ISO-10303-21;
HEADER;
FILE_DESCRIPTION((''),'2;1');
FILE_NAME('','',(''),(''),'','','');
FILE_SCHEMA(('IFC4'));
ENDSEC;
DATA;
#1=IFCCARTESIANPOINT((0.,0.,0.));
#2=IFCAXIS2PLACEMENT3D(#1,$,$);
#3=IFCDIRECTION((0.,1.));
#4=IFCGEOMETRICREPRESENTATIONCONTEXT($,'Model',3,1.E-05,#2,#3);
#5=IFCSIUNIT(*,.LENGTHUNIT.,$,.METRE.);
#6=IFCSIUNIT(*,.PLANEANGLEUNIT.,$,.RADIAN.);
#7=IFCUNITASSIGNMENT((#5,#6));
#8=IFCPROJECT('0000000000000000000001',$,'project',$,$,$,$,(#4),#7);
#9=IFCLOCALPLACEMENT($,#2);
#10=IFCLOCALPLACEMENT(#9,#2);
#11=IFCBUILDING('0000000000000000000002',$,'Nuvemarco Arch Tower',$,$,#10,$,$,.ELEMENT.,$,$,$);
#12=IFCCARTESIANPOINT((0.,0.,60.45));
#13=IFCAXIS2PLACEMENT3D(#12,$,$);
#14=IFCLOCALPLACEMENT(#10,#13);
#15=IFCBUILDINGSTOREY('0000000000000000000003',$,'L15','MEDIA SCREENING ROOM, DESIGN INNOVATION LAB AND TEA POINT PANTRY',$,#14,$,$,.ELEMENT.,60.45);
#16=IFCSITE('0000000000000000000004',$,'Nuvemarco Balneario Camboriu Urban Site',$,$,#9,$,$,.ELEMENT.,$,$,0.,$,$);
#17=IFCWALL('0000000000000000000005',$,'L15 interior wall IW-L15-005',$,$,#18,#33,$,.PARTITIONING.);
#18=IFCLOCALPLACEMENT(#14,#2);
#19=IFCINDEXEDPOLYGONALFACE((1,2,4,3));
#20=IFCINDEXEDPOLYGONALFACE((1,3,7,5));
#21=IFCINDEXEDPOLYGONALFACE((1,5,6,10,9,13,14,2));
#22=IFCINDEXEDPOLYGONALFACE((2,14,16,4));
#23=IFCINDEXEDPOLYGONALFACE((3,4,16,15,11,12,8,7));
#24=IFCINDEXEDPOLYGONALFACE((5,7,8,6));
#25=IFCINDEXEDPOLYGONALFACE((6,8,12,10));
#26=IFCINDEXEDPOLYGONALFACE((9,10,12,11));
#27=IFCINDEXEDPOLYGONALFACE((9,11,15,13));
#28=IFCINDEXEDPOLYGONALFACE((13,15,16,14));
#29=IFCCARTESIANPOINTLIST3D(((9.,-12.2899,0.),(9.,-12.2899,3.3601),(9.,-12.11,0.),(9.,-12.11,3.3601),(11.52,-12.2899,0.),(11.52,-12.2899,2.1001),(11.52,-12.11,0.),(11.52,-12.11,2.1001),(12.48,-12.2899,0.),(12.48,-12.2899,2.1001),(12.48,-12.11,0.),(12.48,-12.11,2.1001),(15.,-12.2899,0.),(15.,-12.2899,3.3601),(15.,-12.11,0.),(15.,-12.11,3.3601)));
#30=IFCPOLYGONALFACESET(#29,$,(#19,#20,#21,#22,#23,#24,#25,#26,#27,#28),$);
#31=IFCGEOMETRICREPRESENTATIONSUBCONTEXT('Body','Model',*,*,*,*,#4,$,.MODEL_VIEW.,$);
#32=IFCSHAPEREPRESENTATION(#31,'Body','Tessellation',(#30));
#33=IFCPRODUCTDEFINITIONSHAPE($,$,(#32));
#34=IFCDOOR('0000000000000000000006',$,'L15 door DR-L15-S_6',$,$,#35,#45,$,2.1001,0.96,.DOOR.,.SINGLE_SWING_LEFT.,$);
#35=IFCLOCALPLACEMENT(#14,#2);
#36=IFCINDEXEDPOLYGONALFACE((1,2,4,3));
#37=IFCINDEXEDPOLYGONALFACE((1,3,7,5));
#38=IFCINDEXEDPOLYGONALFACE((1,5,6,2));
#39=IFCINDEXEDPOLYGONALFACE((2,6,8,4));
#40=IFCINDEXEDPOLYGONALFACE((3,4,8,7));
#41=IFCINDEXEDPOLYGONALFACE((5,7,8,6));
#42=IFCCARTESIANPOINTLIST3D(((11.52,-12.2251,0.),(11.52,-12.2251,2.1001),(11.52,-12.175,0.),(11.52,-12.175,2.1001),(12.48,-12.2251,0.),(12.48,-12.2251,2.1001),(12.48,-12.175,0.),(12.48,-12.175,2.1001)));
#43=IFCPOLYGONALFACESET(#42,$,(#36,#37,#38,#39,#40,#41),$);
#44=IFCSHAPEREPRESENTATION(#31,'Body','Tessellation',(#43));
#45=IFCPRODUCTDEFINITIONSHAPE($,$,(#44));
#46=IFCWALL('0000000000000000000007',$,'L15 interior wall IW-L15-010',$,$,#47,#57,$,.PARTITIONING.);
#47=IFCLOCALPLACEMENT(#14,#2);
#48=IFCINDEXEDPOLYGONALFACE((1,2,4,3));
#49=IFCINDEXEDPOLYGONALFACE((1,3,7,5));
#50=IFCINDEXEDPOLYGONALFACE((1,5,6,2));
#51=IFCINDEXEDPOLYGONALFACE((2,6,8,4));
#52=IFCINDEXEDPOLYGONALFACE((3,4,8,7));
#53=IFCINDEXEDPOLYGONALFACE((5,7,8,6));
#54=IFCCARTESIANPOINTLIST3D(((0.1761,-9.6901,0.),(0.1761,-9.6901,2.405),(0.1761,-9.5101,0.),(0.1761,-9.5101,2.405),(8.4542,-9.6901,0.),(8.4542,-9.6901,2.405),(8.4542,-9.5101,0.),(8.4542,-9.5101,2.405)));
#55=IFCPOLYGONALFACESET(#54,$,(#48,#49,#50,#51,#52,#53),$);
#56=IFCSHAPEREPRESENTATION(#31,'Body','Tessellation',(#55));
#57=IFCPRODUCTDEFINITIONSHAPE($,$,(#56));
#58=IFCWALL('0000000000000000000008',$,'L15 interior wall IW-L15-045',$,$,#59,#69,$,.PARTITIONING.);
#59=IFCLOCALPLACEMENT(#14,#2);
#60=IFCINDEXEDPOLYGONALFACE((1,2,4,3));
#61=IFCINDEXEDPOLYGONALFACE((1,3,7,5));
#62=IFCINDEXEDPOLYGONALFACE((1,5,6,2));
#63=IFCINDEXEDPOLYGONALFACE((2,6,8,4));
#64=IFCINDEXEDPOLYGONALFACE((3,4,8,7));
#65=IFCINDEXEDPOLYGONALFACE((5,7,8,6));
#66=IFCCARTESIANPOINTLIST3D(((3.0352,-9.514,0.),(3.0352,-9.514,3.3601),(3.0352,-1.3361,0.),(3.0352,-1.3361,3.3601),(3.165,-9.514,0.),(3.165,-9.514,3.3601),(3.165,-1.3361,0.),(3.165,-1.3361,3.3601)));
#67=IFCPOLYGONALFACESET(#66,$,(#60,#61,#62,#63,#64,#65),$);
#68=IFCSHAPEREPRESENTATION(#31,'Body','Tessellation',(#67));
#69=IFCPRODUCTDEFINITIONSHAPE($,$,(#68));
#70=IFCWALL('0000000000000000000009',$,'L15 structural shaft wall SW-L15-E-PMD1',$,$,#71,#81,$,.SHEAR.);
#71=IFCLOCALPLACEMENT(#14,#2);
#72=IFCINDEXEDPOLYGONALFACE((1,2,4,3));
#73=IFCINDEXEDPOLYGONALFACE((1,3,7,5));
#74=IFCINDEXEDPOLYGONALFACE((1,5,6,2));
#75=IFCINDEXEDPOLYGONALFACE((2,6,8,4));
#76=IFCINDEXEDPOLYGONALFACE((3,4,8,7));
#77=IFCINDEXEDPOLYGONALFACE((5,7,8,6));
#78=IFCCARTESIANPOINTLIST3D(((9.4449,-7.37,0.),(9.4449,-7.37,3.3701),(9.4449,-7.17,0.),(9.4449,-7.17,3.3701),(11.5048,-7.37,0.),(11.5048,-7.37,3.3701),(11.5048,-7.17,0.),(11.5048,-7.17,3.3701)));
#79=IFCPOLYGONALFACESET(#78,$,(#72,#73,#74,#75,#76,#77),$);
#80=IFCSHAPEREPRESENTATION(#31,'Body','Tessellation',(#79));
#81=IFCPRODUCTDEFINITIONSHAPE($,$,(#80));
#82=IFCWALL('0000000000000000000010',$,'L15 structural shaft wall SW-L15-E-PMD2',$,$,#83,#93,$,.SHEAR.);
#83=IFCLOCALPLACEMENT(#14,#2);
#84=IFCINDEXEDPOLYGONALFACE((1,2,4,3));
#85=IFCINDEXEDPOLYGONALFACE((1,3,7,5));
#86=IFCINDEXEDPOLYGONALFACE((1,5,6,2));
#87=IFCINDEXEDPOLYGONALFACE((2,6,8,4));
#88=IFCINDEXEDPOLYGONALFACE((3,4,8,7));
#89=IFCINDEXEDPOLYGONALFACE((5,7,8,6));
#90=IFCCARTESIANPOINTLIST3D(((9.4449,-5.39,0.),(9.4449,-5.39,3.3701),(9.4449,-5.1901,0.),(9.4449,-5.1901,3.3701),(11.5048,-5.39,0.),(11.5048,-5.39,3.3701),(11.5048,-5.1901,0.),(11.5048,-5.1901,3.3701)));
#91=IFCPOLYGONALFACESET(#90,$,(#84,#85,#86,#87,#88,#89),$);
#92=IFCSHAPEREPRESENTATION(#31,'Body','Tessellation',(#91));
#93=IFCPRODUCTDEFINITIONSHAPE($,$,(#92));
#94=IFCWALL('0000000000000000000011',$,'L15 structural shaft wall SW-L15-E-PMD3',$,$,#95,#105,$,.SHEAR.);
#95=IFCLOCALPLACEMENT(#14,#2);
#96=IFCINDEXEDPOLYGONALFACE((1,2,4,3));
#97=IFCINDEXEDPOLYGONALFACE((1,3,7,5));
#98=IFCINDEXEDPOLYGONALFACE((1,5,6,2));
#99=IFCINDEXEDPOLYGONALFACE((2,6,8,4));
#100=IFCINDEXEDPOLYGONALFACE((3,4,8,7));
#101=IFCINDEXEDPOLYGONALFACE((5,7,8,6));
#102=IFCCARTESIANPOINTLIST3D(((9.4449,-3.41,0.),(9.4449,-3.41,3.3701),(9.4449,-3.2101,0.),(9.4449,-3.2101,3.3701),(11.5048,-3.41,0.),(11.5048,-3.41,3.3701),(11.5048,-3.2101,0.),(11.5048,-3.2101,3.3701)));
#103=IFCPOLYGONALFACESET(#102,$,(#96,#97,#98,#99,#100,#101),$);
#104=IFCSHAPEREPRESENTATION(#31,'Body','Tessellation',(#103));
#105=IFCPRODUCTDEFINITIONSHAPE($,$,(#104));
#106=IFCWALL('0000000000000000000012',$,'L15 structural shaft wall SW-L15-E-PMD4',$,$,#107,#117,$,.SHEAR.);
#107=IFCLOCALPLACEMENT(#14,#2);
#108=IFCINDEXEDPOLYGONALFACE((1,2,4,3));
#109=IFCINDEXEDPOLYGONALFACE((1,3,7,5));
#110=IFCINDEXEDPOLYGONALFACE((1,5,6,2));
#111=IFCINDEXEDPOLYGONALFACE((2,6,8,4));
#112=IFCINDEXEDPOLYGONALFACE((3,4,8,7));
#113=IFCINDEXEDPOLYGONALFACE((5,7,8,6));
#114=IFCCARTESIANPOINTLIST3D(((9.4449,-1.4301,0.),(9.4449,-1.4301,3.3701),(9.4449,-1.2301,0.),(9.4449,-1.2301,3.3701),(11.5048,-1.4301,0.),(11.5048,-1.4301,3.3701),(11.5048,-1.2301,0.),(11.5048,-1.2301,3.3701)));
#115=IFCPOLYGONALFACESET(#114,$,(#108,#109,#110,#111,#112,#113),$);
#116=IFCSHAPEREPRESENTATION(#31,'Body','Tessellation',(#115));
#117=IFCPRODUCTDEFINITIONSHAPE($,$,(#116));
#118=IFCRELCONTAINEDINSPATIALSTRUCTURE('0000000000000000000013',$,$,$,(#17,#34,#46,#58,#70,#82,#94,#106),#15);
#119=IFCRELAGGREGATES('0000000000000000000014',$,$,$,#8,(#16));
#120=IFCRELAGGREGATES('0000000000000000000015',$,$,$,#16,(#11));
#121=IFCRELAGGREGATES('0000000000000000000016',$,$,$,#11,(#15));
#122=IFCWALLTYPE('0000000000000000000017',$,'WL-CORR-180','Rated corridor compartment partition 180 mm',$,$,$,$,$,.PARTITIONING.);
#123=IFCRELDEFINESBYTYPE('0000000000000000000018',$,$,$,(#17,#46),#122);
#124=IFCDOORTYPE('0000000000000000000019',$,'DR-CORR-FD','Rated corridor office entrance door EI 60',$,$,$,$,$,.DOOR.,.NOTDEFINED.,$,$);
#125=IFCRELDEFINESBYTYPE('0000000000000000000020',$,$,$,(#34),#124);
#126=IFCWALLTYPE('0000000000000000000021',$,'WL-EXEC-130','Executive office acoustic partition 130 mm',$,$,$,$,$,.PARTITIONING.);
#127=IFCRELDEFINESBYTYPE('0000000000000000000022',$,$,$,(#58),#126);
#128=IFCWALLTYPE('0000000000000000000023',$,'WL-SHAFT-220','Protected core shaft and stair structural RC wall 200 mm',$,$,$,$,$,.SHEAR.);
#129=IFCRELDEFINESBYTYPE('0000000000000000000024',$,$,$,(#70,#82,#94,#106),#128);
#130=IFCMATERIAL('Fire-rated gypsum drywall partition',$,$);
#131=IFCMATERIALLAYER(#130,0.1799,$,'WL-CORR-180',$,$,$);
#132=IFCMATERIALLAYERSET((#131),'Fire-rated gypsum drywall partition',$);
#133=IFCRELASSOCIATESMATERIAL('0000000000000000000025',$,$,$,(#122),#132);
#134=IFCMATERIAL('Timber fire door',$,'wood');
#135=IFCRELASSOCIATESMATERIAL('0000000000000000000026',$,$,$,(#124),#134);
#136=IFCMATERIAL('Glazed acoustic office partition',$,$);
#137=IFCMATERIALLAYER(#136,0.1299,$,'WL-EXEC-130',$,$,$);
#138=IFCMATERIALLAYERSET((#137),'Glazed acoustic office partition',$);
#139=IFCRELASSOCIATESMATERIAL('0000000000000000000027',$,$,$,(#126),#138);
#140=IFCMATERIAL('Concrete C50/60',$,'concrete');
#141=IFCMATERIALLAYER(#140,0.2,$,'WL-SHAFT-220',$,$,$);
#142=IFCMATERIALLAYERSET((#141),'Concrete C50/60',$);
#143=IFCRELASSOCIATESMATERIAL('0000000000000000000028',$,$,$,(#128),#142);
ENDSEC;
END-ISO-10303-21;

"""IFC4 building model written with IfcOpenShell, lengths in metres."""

from ifc_helpers import new_model, si_unit, direction, frame, frame_2d, origin, place, context, subcontext, project, spatial, rectangle, extrude, source, transform, mapped, material, layer, layer_set, type_object, type_shapes, element, fill, save


model = new_model("IFC4")

# Units and contexts
model_context = context("Model", 3, precision=1e-05, world=origin(), true_north=direction((0.0, 1.0)))
body_context = subcontext(model_context, "Body", "Model", "MODEL_VIEW")
ifc_project = project(units=[si_unit("LENGTHUNIT", "METRE"), si_unit("PLANEANGLEUNIT", "RADIAN")], contexts=[model_context])

# Site, building, storey
site_placement = place(None, origin())
site = spatial("IfcSite", under=ifc_project, at=site_placement, Name="Nuvemarco Balneario Camboriu Urban Site", CompositionType="ELEMENT", RefElevation=0.0)
building_placement = place(site_placement, origin())
building = spatial("IfcBuilding", under=site, at=building_placement, Name="Nuvemarco Arch Tower", CompositionType="ELEMENT")
storey_placement = place(building_placement, frame((0.0, 0.0, 60.45)))
storey = spatial("IfcBuildingStorey", under=building, at=storey_placement, Name="L15", Description="MEDIA SCREENING ROOM, DESIGN INNOVATION LAB AND TEA POINT PANTRY", CompositionType="ELEMENT", Elevation=60.45)

# Shared definitions
ifc_material_1 = material(Name="Concrete C50/60", Category="concrete")

# Wall, opening, door
ifc_material_2 = material(Name="Fire-rated gypsum drywall partition")
ifc_layer_1 = layer(ifc_material_2, 0.1799, Name="WL-CORR-180")
ifc_layer_set_1 = layer_set([ifc_layer_1], Name="Fire-rated gypsum drywall partition")
wall_type_1 = type_object("IfcWallType", Name="WL-CORR-180", Description="Rated corridor compartment partition 180 mm", PredefinedType="PARTITIONING", material=ifc_layer_set_1)
wall_1_placement = place(storey_placement, frame((9.0, -12.2, 0.0), z_axis=(0.0, 0.0, 1.0), x_axis=(1.0, 0.0, 0.0)))
wall_1 = element("IfcWall", 1, at=wall_1_placement, inside=storey, type_object=wall_type_1, Name="L15 interior wall IW-L15-005", PredefinedType="PARTITIONING", context=body_context, shape_type="SweptSolid", body=[
    extrude(rectangle(XDim=6.0, YDim=0.1799, at=frame_2d((3.0, 0.0))), origin(), (0.0, 0.0, 1.0), 3.3601),
])
opening_1_placement = place(wall_1_placement, frame((2.52, 0.0, 0.0)))
opening_1 = element("IfcOpeningElement", 2, at=opening_1_placement, cuts=wall_1, PredefinedType="OPENING", context=body_context, shape_type="SweptSolid", body=[
    extrude(rectangle(XDim=0.96, YDim=2.1001, at=frame_2d((0.48, 1.05))), frame((0.0, 0.0999, 0.0), z_axis=(0.0, -1.0, 0.0), x_axis=(1.0, 0.0, 0.0)), (0.0, 0.0, 1.0), 0.2),
])
ifc_material_3 = material(Name="Timber fire door", Category="wood")
door_type_1 = type_object("IfcDoorType", Name="DR-CORR-FD", Description="Rated corridor office entrance door EI 60", OperationType="NOTDEFINED", PredefinedType="DOOR", material=ifc_material_3)
shared_shape_1 = source(origin(), body_context, "Body", "SweptSolid", [
    extrude(rectangle(XDim=0.96, YDim=2.1001, at=frame_2d((0.48, 1.05))), frame((0.0, 0.0249, 0.0), z_axis=(0.0, -1.0, 0.0), x_axis=(1.0, 0.0, 0.0)), (0.0, 0.0, 1.0), 0.05),
])
type_shapes(door_type_1, [shared_shape_1])
door_1_placement = place(opening_1_placement, origin())
door_1 = element("IfcDoor", 3, at=door_1_placement, inside=storey, type_object=door_type_1, Name="L15 door DR-L15-S_6", OperationType="SINGLE_SWING_LEFT", OverallHeight=2.1001, OverallWidth=0.96, PredefinedType="DOOR", context=body_context, shape_type="MappedRepresentation", body=[
    mapped(shared_shape_1, transform((0.0, 0.0, 0.0), scale=1.0)),
])
fill(opening_1, door_1)

# Walls
wall_2_placement = place(storey_placement, frame((0.176, -9.6001, 0.0), z_axis=(0.0, 0.0, 1.0), x_axis=(1.0, 0.0, 0.0)))
element("IfcWall", 4, at=wall_2_placement, inside=storey, type_object=wall_type_1, Name="L15 interior wall IW-L15-010", PredefinedType="PARTITIONING", context=body_context, shape_type="SweptSolid", body=[
    extrude(rectangle(XDim=8.2781, YDim=0.1799, at=frame_2d((4.1392, 0.0))), origin(), (0.0, 0.0, 1.0), 2.405),
])
ifc_material_4 = material(Name="Glazed acoustic office partition")
ifc_layer_2 = layer(ifc_material_4, 0.1299, Name="WL-EXEC-130")
ifc_layer_set_2 = layer_set([ifc_layer_2], Name="Glazed acoustic office partition")
wall_type_2 = type_object("IfcWallType", Name="WL-EXEC-130", Description="Executive office acoustic partition 130 mm", PredefinedType="PARTITIONING", material=ifc_layer_set_2)
wall_3_placement = place(storey_placement, frame((3.1001, -9.5139, 0.0), z_axis=(0.0, 0.0, 1.0), x_axis=(0.0, 1.0, 0.0)))
element("IfcWall", 5, at=wall_3_placement, inside=storey, type_object=wall_type_2, Name="L15 interior wall IW-L15-045", PredefinedType="PARTITIONING", context=body_context, shape_type="SweptSolid", body=[
    extrude(rectangle(XDim=8.178, YDim=0.1299, at=frame_2d((4.0889, 0.0))), origin(), (0.0, 0.0, 1.0), 3.3601),
])
ifc_layer_3 = layer(ifc_material_1, 0.2, Name="WL-SHAFT-220")
ifc_layer_set_3 = layer_set([ifc_layer_3], Name="Concrete C50/60")
wall_type_3 = type_object("IfcWallType", Name="WL-SHAFT-220", Description="Protected core shaft and stair structural RC wall 200 mm", PredefinedType="SHEAR", material=ifc_layer_set_3)
for number, where, z_axis, x_axis, name in (
    (6, (9.4451, -7.27, 0.0), (0.0, 0.0, 1.0), (1.0, 0.0, 0.0), "L15 structural shaft wall SW-L15-E-PMD1"),
    (7, (9.4451, -5.29, 0.0), (0.0, 0.0, 1.0), (1.0, 0.0, 0.0), "L15 structural shaft wall SW-L15-E-PMD2"),
    (8, (9.4451, -3.3101, 0.0), (0.0, 0.0, 1.0), (1.0, 0.0, 0.0), "L15 structural shaft wall SW-L15-E-PMD3"),
    (9, (9.4451, -1.3301, 0.0), (0.0, 0.0, 1.0), (1.0, 0.0, 0.0), "L15 structural shaft wall SW-L15-E-PMD4"),
):
    element("IfcWall", number, at=place(storey_placement, frame(where, z_axis=z_axis, x_axis=x_axis)), inside=storey, type_object=wall_type_3, Name=name, PredefinedType="SHEAR", context=body_context, shape_type="SweptSolid", body=[
        extrude(rectangle(XDim=2.0598, YDim=0.2, at=frame_2d((1.0298, 0.0))), origin(), (0.0, 0.0, 1.0), 3.3701),
    ])

save(model, "model.ifc")
